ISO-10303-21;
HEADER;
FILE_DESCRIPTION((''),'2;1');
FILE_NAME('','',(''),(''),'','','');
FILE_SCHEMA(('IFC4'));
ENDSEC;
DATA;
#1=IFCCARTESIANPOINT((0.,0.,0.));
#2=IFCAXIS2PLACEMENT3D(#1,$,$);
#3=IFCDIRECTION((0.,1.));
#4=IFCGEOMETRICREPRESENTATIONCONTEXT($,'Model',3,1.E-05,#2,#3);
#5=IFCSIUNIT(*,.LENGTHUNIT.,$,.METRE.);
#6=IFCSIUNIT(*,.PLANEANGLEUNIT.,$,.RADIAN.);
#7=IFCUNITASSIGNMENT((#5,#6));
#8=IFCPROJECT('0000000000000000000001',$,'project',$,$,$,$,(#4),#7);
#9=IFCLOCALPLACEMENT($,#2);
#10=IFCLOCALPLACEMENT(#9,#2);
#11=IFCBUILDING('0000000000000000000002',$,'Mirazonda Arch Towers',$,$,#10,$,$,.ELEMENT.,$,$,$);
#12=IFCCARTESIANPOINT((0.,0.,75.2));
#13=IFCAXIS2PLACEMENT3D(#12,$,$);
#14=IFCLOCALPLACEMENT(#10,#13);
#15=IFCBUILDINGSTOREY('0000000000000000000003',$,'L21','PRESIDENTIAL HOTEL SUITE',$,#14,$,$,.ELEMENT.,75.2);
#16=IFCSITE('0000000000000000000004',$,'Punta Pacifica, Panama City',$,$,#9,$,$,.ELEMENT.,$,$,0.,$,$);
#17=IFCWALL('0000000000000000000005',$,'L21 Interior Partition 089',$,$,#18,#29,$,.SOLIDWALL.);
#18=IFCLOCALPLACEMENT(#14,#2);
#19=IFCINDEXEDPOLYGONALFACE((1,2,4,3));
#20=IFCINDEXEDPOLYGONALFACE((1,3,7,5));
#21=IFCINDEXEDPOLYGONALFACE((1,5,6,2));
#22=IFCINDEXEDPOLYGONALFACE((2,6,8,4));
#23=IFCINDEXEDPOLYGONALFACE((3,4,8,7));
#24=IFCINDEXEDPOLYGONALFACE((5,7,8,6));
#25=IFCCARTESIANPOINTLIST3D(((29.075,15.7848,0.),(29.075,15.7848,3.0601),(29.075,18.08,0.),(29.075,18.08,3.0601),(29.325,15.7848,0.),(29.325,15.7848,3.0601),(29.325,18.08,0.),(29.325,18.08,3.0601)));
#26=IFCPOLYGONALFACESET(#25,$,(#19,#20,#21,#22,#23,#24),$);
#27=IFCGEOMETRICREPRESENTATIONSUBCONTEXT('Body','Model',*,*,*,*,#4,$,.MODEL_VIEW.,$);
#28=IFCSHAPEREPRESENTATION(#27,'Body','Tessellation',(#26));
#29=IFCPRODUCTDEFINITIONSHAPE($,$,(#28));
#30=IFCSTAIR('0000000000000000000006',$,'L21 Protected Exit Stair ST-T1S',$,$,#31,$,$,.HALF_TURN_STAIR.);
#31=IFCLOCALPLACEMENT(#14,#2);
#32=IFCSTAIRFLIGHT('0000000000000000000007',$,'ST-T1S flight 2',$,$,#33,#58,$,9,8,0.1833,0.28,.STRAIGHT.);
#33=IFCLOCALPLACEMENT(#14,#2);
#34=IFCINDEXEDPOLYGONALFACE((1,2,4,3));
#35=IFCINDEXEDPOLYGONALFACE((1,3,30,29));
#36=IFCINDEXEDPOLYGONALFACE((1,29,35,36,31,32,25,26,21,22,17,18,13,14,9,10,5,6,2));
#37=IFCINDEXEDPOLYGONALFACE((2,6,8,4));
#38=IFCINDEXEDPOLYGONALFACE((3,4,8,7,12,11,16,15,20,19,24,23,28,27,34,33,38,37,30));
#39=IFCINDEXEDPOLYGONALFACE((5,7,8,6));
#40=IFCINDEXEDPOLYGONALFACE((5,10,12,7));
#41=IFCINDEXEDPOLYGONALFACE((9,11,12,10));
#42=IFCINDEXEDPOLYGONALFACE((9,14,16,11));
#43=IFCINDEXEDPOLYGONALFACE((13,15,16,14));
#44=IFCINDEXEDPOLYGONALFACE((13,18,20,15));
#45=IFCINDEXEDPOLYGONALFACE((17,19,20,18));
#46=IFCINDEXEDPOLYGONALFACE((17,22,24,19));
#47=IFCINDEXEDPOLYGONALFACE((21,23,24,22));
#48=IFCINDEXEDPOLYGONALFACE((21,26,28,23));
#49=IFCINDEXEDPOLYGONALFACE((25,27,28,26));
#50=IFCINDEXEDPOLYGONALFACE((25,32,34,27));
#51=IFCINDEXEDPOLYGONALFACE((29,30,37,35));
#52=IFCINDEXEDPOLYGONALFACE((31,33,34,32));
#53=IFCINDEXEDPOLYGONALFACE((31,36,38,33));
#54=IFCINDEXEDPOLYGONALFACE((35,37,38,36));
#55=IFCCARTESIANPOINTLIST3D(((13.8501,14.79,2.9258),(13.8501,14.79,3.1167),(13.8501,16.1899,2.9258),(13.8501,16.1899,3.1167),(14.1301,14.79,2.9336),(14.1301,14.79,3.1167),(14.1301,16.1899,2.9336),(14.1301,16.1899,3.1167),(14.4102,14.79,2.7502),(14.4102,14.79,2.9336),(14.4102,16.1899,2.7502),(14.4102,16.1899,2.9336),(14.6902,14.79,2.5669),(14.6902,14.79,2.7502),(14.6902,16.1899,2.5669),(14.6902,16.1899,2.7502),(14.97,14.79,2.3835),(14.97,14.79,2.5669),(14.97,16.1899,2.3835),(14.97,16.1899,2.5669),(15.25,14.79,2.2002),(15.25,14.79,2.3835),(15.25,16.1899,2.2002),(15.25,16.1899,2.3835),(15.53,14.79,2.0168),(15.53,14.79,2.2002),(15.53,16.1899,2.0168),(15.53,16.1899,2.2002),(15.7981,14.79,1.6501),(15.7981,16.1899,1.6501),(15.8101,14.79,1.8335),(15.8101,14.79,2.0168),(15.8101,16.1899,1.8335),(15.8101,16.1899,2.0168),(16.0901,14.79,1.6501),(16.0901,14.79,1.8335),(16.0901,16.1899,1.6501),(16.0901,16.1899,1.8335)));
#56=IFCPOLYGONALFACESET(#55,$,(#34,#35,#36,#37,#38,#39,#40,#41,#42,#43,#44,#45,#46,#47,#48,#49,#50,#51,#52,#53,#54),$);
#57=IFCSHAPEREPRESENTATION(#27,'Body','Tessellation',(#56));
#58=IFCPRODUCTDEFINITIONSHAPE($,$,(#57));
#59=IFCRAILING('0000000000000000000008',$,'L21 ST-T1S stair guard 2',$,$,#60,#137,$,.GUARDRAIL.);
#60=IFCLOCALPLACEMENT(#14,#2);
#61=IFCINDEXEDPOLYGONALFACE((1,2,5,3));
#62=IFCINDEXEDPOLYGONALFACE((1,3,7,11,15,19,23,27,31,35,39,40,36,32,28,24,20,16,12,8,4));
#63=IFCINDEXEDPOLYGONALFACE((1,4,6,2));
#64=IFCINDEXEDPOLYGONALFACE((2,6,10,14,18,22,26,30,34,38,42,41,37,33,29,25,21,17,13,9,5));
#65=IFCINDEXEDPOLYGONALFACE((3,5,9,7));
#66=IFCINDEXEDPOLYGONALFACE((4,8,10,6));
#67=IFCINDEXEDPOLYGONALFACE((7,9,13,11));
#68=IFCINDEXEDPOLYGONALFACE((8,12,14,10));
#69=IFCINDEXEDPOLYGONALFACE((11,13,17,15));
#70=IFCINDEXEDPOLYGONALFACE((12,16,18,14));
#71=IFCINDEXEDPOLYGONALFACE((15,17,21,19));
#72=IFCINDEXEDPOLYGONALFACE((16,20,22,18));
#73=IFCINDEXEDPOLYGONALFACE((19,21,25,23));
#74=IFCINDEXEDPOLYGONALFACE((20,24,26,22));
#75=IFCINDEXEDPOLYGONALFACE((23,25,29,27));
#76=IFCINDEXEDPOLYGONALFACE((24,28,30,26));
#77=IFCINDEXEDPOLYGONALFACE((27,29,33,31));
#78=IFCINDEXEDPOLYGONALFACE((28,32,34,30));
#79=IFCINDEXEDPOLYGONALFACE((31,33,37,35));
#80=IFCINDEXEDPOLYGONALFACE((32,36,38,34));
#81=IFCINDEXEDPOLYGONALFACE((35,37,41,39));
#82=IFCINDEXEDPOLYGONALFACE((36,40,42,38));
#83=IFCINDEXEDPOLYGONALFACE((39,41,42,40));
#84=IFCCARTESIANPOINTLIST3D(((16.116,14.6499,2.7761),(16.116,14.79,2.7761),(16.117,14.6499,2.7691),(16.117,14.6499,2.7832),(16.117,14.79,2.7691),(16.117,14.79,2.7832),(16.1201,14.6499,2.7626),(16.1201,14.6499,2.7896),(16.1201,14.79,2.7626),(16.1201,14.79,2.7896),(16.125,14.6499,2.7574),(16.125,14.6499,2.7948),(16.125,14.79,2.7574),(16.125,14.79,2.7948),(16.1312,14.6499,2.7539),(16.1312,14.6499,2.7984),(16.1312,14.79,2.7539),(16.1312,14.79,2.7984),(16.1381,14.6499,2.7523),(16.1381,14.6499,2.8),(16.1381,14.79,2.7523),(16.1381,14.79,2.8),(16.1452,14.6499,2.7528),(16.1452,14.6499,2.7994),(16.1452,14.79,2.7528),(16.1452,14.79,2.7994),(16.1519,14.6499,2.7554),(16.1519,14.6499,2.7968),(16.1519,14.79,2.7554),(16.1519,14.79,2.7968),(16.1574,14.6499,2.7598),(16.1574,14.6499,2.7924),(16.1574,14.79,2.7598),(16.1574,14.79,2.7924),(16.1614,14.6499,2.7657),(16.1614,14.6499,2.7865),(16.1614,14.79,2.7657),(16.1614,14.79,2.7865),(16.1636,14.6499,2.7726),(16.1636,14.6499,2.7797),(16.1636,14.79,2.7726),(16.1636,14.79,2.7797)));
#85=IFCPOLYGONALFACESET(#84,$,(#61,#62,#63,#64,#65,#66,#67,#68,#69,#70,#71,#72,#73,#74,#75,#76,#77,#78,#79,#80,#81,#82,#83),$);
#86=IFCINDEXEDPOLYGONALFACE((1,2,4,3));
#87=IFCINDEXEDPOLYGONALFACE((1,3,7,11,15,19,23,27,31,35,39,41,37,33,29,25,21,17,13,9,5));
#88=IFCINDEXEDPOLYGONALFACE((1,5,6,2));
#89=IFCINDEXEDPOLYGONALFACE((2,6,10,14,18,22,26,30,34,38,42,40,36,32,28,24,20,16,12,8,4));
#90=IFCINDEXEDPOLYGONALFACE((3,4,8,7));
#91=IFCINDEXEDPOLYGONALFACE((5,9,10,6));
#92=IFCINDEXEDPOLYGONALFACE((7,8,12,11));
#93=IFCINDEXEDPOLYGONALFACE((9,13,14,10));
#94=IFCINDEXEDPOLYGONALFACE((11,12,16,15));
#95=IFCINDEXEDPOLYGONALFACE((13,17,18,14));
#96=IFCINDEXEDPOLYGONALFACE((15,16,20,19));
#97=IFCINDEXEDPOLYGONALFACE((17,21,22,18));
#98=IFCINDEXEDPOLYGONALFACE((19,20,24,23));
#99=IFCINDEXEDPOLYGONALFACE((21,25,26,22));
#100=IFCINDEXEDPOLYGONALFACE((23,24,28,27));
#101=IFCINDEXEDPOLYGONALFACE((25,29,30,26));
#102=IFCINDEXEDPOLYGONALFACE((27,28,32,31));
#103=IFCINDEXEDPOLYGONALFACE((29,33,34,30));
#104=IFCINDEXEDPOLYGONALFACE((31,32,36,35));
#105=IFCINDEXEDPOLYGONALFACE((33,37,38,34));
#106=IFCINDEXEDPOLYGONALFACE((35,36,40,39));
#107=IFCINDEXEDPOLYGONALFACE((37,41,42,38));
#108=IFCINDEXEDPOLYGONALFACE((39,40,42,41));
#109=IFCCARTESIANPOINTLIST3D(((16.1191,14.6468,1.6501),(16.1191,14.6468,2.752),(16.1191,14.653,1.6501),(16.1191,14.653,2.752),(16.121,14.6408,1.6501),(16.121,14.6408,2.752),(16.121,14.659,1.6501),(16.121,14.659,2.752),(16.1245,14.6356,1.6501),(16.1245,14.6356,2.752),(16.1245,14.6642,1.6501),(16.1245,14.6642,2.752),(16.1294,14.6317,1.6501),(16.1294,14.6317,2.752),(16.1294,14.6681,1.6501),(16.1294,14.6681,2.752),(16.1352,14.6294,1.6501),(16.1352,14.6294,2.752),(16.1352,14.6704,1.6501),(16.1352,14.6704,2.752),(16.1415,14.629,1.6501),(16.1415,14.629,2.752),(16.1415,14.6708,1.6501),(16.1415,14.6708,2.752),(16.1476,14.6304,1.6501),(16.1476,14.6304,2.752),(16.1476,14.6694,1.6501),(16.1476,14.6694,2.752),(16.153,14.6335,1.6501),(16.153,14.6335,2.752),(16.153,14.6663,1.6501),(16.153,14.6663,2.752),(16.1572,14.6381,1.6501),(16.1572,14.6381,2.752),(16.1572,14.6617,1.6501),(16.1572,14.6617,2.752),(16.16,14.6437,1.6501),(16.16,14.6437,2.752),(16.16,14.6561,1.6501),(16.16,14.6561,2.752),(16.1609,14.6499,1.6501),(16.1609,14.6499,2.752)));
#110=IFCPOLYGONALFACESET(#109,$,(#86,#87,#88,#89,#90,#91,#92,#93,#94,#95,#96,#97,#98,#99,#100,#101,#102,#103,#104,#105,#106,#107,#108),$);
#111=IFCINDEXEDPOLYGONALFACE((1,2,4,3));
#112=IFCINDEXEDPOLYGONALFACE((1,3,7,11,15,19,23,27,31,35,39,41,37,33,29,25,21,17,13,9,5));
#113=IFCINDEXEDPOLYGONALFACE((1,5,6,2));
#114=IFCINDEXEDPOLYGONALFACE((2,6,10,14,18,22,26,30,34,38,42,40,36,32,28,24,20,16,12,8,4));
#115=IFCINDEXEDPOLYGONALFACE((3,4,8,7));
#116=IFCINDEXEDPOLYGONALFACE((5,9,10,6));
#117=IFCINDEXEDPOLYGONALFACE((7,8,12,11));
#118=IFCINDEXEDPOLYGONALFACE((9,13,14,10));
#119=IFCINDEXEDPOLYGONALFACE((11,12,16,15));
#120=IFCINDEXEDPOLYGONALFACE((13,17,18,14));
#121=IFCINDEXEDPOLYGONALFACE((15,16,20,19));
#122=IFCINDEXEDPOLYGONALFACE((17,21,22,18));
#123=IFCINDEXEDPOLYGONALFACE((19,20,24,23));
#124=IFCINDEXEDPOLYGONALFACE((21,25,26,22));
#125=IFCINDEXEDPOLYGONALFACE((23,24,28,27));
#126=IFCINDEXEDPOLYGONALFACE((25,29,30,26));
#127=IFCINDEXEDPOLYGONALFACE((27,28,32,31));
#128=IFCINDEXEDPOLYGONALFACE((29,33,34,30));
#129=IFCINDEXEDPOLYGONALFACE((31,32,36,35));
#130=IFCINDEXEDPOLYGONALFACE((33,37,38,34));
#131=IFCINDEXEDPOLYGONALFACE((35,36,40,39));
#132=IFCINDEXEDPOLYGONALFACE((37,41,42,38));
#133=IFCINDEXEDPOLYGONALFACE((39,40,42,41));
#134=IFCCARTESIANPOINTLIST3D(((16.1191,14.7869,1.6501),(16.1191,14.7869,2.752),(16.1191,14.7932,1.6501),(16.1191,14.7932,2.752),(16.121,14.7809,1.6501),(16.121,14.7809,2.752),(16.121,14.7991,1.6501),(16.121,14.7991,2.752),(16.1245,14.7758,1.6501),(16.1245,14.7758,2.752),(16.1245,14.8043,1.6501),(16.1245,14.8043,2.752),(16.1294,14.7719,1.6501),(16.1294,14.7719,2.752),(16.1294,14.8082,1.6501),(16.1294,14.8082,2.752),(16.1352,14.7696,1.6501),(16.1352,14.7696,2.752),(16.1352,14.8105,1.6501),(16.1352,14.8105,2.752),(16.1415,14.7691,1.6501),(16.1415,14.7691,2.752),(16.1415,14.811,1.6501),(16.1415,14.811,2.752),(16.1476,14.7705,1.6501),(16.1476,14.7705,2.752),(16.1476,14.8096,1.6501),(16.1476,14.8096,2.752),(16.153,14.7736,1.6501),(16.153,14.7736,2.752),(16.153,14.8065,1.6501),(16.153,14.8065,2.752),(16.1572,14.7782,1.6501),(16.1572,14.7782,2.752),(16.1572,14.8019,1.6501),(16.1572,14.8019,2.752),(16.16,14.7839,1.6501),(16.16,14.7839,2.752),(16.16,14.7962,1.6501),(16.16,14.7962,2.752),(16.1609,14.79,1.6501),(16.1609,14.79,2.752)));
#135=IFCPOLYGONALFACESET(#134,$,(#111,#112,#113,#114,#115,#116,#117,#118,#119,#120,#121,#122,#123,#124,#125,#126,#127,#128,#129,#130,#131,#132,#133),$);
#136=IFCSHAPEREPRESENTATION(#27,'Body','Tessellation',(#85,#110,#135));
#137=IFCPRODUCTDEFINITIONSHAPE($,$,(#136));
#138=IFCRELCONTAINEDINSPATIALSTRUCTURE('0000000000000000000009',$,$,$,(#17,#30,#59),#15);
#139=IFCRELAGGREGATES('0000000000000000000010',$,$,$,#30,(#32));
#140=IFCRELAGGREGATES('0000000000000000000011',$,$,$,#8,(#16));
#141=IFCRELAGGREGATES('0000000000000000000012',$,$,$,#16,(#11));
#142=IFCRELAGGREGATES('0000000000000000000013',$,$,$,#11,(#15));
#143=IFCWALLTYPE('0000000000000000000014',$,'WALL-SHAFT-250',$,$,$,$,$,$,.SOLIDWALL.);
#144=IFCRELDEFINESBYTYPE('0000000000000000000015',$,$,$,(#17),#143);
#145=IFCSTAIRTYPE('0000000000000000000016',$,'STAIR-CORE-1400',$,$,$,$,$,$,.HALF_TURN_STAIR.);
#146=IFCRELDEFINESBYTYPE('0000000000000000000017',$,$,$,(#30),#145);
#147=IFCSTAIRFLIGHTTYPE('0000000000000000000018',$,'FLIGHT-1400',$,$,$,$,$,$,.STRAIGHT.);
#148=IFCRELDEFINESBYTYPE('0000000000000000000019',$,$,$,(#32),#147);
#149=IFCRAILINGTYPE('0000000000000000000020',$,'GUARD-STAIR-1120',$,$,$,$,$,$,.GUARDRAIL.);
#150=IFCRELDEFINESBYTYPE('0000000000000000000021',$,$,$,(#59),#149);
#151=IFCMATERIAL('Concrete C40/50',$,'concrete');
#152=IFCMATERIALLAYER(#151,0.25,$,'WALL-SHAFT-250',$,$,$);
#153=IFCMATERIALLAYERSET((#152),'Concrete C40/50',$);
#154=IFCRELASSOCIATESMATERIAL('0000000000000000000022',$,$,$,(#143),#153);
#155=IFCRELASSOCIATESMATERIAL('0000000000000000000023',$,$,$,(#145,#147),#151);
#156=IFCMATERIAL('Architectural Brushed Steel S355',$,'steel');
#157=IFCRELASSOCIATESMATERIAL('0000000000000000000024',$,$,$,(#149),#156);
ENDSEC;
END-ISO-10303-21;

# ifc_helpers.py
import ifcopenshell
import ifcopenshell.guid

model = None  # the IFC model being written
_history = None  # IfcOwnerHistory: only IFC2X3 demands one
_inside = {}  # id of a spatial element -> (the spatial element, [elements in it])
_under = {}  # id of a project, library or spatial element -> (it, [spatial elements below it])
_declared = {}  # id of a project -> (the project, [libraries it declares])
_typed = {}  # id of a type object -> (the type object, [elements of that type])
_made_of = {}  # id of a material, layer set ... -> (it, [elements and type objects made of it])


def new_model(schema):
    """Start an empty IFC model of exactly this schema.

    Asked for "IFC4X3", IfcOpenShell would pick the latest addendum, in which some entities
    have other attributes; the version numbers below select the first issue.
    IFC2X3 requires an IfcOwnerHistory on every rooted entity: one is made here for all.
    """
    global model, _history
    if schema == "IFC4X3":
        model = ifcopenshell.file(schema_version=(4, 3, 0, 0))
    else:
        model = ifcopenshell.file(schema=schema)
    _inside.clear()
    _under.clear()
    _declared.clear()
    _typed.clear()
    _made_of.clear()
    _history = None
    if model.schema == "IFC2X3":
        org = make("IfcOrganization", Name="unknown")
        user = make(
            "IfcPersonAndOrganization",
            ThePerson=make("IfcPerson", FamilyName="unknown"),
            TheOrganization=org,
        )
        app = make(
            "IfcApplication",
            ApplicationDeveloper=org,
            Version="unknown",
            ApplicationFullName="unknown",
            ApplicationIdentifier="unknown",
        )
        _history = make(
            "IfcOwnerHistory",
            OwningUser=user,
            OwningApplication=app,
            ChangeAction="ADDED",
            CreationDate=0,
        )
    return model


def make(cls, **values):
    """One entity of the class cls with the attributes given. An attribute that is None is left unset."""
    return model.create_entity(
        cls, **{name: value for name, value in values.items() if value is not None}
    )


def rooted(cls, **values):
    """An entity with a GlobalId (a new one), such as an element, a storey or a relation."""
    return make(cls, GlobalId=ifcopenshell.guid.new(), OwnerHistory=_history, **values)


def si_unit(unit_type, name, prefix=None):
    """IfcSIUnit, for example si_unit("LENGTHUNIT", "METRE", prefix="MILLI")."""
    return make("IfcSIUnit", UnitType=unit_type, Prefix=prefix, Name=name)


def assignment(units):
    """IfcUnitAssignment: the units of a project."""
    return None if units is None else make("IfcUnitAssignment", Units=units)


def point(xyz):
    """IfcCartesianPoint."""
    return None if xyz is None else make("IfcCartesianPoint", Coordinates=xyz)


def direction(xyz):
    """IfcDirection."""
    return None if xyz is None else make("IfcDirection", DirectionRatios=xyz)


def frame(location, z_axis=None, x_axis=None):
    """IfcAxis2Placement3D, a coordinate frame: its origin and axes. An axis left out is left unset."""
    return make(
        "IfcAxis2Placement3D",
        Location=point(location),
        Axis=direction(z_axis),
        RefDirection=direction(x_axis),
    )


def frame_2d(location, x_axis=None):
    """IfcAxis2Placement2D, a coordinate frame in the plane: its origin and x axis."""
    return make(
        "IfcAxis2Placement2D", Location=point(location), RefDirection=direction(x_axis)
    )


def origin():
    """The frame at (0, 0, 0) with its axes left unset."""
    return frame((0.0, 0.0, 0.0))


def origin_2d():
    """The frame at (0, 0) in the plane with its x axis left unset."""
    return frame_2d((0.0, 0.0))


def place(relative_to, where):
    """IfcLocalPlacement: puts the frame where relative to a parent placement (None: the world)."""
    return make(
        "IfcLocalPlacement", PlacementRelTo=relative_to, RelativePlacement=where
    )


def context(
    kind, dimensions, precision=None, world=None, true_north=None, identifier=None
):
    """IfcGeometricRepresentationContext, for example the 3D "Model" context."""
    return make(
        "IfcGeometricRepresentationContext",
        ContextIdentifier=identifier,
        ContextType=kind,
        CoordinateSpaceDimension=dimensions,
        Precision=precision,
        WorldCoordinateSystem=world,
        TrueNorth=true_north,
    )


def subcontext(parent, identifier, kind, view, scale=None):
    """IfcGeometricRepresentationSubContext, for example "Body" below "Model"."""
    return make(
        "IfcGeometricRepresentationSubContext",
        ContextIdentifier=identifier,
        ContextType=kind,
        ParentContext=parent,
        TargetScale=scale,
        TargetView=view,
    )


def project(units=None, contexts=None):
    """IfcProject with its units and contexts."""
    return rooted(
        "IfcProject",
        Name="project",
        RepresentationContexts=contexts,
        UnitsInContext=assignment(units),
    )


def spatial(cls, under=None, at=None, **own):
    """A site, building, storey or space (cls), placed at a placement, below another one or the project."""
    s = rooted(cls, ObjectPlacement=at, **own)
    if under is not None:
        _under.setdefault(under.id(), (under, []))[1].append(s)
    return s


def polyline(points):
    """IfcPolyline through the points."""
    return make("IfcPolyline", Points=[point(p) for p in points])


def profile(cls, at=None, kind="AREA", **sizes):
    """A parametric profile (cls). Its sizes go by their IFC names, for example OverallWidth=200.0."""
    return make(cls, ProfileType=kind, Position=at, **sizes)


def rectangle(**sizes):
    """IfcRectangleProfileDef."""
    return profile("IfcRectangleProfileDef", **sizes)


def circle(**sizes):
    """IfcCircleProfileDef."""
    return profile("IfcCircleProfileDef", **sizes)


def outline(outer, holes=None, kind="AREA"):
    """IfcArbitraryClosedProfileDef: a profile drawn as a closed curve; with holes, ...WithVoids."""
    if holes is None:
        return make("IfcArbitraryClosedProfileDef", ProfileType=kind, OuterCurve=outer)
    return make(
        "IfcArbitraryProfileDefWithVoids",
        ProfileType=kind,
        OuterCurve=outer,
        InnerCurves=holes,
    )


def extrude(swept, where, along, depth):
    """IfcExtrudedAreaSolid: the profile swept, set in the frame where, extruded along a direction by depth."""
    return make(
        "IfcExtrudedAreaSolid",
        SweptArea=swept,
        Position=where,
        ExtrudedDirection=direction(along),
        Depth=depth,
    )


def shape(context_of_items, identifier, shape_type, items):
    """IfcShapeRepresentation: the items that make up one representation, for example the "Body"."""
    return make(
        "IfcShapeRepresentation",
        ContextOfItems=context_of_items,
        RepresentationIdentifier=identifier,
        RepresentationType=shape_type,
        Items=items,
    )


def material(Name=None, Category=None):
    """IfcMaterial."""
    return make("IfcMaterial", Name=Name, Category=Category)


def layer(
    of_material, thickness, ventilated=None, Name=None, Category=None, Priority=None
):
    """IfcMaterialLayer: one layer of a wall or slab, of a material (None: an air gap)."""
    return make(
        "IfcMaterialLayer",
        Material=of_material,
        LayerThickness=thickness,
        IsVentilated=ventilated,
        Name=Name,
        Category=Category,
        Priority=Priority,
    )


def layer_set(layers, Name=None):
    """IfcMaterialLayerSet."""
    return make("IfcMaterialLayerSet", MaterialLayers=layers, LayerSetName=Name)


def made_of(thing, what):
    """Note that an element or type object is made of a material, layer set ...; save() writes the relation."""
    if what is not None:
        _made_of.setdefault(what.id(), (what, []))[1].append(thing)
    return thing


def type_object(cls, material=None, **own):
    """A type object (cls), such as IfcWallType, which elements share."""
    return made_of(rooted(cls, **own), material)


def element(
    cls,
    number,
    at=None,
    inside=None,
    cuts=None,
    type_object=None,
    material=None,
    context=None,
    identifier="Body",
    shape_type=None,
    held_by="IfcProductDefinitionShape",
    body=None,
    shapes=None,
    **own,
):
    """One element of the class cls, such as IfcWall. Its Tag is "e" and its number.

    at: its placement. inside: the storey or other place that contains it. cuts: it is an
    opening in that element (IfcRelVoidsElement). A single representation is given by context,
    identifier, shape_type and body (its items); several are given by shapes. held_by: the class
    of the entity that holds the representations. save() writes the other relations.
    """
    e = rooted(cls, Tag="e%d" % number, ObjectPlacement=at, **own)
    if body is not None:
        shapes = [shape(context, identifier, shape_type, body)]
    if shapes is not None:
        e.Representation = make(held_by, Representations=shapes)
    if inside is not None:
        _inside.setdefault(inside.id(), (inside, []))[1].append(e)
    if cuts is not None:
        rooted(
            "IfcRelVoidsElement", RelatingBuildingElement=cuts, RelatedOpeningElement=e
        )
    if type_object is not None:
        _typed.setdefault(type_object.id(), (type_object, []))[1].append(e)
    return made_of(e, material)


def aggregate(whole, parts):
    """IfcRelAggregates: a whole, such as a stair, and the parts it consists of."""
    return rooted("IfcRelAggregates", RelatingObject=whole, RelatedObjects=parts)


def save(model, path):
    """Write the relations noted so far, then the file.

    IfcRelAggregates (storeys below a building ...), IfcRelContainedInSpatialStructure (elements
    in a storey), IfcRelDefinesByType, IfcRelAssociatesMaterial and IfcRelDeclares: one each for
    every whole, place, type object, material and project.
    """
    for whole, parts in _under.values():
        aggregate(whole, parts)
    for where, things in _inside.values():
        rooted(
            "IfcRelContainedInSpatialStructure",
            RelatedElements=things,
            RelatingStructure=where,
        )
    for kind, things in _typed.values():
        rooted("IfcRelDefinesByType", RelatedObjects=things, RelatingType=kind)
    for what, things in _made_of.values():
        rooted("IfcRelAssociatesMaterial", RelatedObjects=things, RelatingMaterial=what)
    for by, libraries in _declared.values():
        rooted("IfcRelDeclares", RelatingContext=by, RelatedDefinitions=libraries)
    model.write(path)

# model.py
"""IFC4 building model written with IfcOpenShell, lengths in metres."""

from ifc_helpers import new_model, si_unit, direction, frame, frame_2d, origin, origin_2d, place, context, subcontext, project, spatial, polyline, rectangle, circle, outline, extrude, material, layer, layer_set, type_object, element, aggregate, save


model = new_model("IFC4")

# Units and contexts
model_context = context("Model", 3, precision=1e-05, world=origin(), true_north=direction((0.0, 1.0)))
body_context = subcontext(model_context, "Body", "Model", "MODEL_VIEW")
ifc_project = project(units=[si_unit("LENGTHUNIT", "METRE"), si_unit("PLANEANGLEUNIT", "RADIAN")], contexts=[model_context])

# Site, building, storey
site_placement = place(None, origin())
site = spatial("IfcSite", under=ifc_project, at=site_placement, Name="Punta Pacifica, Panama City", CompositionType="ELEMENT", RefElevation=0.0)
building_placement = place(site_placement, origin())
building = spatial("IfcBuilding", under=site, at=building_placement, Name="Mirazonda Arch Towers", CompositionType="ELEMENT")
storey_placement = place(building_placement, frame((0.0, 0.0, 75.2)))
storey = spatial("IfcBuildingStorey", under=building, at=storey_placement, Name="L21", Description="PRESIDENTIAL HOTEL SUITE", CompositionType="ELEMENT", Elevation=75.2)

# Wall
ifc_material_1 = material(Name="Concrete C40/50", Category="concrete")
ifc_layer_1 = layer(ifc_material_1, 0.25, Name="WALL-SHAFT-250")
ifc_layer_set_1 = layer_set([ifc_layer_1], Name="Concrete C40/50")
wall_type_1 = type_object("IfcWallType", Name="WALL-SHAFT-250", PredefinedType="SOLIDWALL", material=ifc_layer_set_1)
for number, where, z_axis, x_axis, name in (
    (1, (29.2, 15.7849, 0.0), (0.0, 0.0, 1.0), (0.0, 1.0, 0.0), "L21 Interior Partition 089"),
):
    element("IfcWall", number, at=place(storey_placement, frame(where, z_axis=z_axis, x_axis=x_axis)), inside=storey, type_object=wall_type_1, Name=name, PredefinedType="SOLIDWALL", context=body_context, shape_type="SweptSolid", body=[
        extrude(rectangle(XDim=2.2952, YDim=0.25, at=frame_2d((1.1475, 0.0))), origin(), (0.0, 0.0, 1.0), 3.0601),
    ])

# Stair, stair flight
stair_type = type_object("IfcStairType", Name="STAIR-CORE-1400", PredefinedType="HALF_TURN_STAIR", material=ifc_material_1)
stair_placement = place(storey_placement, origin())
stair = element("IfcStair", 2, at=stair_placement, inside=storey, type_object=stair_type, Name="L21 Protected Exit Stair ST-T1S", PredefinedType="HALF_TURN_STAIR")
stair_flight_type = type_object("IfcStairFlightType", Name="FLIGHT-1400", PredefinedType="STRAIGHT", material=ifc_material_1)
stair_flight_placement = place(storey_placement, frame((16.0901, 15.49, 1.6501), z_axis=(0.0, 0.0, 1.0), x_axis=(-1.0, 0.0, 0.0)))
stair_flight = element("IfcStairFlight", 3, at=stair_flight_placement, type_object=stair_flight_type, Name="ST-T1S flight 2", NumberOfRisers=9, NumberOfTreads=8, PredefinedType="STRAIGHT", RiserHeight=0.1833, TreadLength=0.28, context=body_context, shape_type="SweptSolid", body=[
    extrude(outline(polyline([(0.0, 0.0), (0.0, 0.1833), (0.28, 0.1833), (0.28, 0.3667), (0.5601, 0.3667), (0.5601, 0.55), (0.8401, 0.55), (0.8401, 0.7334), (1.1201, 0.7334), (1.1201, 0.9167), (1.3999, 0.9167), (1.3999, 1.1001), (1.6799, 1.1001), (1.6799, 1.2834), (1.96, 1.2834), (1.96, 1.4666), (2.24, 1.4666), (2.24, 1.6499), (2.24, 1.2756), (0.292, 0.0), (0.0, 0.0)])), frame((0.0, 0.7, 0.0), z_axis=(0.0, -1.0, 0.0), x_axis=(1.0, 0.0, 0.0)), (0.0, 0.0, 1.0), 1.3999),
])
aggregate(stair, [stair_flight])

# Railing
ifc_material_2 = material(Name="Architectural Brushed Steel S355", Category="steel")
railing_type_1 = type_object("IfcRailingType", Name="GUARD-STAIR-1120", PredefinedType="GUARDRAIL", material=ifc_material_2)
railing_1_placement = place(storey_placement, frame((16.1399, 14.6499, 1.6501)))
element("IfcRailing", 4, at=railing_1_placement, inside=storey, type_object=railing_type_1, Name="L21 ST-T1S stair guard 2", PredefinedType="GUARDRAIL", context=body_context, shape_type="SweptSolid", body=[
    extrude(circle(Radius=0.0239, at=origin_2d()), frame((0.0, 0.0, 1.126), z_axis=(0.0, 1.0, 0.0), x_axis=(-1.0, 0.0, 0.0)), (0.0, 0.0, 1.0), 0.1401),
    extrude(circle(Radius=0.021, at=origin_2d()), origin(), (0.0, 0.0, 1.0), 1.1018),
    extrude(circle(Radius=0.021, at=origin_2d()), frame((0.0, 0.1401, 0.0)), (0.0, 0.0, 1.0), 1.1018),
])

save(model, "model.ifc")
